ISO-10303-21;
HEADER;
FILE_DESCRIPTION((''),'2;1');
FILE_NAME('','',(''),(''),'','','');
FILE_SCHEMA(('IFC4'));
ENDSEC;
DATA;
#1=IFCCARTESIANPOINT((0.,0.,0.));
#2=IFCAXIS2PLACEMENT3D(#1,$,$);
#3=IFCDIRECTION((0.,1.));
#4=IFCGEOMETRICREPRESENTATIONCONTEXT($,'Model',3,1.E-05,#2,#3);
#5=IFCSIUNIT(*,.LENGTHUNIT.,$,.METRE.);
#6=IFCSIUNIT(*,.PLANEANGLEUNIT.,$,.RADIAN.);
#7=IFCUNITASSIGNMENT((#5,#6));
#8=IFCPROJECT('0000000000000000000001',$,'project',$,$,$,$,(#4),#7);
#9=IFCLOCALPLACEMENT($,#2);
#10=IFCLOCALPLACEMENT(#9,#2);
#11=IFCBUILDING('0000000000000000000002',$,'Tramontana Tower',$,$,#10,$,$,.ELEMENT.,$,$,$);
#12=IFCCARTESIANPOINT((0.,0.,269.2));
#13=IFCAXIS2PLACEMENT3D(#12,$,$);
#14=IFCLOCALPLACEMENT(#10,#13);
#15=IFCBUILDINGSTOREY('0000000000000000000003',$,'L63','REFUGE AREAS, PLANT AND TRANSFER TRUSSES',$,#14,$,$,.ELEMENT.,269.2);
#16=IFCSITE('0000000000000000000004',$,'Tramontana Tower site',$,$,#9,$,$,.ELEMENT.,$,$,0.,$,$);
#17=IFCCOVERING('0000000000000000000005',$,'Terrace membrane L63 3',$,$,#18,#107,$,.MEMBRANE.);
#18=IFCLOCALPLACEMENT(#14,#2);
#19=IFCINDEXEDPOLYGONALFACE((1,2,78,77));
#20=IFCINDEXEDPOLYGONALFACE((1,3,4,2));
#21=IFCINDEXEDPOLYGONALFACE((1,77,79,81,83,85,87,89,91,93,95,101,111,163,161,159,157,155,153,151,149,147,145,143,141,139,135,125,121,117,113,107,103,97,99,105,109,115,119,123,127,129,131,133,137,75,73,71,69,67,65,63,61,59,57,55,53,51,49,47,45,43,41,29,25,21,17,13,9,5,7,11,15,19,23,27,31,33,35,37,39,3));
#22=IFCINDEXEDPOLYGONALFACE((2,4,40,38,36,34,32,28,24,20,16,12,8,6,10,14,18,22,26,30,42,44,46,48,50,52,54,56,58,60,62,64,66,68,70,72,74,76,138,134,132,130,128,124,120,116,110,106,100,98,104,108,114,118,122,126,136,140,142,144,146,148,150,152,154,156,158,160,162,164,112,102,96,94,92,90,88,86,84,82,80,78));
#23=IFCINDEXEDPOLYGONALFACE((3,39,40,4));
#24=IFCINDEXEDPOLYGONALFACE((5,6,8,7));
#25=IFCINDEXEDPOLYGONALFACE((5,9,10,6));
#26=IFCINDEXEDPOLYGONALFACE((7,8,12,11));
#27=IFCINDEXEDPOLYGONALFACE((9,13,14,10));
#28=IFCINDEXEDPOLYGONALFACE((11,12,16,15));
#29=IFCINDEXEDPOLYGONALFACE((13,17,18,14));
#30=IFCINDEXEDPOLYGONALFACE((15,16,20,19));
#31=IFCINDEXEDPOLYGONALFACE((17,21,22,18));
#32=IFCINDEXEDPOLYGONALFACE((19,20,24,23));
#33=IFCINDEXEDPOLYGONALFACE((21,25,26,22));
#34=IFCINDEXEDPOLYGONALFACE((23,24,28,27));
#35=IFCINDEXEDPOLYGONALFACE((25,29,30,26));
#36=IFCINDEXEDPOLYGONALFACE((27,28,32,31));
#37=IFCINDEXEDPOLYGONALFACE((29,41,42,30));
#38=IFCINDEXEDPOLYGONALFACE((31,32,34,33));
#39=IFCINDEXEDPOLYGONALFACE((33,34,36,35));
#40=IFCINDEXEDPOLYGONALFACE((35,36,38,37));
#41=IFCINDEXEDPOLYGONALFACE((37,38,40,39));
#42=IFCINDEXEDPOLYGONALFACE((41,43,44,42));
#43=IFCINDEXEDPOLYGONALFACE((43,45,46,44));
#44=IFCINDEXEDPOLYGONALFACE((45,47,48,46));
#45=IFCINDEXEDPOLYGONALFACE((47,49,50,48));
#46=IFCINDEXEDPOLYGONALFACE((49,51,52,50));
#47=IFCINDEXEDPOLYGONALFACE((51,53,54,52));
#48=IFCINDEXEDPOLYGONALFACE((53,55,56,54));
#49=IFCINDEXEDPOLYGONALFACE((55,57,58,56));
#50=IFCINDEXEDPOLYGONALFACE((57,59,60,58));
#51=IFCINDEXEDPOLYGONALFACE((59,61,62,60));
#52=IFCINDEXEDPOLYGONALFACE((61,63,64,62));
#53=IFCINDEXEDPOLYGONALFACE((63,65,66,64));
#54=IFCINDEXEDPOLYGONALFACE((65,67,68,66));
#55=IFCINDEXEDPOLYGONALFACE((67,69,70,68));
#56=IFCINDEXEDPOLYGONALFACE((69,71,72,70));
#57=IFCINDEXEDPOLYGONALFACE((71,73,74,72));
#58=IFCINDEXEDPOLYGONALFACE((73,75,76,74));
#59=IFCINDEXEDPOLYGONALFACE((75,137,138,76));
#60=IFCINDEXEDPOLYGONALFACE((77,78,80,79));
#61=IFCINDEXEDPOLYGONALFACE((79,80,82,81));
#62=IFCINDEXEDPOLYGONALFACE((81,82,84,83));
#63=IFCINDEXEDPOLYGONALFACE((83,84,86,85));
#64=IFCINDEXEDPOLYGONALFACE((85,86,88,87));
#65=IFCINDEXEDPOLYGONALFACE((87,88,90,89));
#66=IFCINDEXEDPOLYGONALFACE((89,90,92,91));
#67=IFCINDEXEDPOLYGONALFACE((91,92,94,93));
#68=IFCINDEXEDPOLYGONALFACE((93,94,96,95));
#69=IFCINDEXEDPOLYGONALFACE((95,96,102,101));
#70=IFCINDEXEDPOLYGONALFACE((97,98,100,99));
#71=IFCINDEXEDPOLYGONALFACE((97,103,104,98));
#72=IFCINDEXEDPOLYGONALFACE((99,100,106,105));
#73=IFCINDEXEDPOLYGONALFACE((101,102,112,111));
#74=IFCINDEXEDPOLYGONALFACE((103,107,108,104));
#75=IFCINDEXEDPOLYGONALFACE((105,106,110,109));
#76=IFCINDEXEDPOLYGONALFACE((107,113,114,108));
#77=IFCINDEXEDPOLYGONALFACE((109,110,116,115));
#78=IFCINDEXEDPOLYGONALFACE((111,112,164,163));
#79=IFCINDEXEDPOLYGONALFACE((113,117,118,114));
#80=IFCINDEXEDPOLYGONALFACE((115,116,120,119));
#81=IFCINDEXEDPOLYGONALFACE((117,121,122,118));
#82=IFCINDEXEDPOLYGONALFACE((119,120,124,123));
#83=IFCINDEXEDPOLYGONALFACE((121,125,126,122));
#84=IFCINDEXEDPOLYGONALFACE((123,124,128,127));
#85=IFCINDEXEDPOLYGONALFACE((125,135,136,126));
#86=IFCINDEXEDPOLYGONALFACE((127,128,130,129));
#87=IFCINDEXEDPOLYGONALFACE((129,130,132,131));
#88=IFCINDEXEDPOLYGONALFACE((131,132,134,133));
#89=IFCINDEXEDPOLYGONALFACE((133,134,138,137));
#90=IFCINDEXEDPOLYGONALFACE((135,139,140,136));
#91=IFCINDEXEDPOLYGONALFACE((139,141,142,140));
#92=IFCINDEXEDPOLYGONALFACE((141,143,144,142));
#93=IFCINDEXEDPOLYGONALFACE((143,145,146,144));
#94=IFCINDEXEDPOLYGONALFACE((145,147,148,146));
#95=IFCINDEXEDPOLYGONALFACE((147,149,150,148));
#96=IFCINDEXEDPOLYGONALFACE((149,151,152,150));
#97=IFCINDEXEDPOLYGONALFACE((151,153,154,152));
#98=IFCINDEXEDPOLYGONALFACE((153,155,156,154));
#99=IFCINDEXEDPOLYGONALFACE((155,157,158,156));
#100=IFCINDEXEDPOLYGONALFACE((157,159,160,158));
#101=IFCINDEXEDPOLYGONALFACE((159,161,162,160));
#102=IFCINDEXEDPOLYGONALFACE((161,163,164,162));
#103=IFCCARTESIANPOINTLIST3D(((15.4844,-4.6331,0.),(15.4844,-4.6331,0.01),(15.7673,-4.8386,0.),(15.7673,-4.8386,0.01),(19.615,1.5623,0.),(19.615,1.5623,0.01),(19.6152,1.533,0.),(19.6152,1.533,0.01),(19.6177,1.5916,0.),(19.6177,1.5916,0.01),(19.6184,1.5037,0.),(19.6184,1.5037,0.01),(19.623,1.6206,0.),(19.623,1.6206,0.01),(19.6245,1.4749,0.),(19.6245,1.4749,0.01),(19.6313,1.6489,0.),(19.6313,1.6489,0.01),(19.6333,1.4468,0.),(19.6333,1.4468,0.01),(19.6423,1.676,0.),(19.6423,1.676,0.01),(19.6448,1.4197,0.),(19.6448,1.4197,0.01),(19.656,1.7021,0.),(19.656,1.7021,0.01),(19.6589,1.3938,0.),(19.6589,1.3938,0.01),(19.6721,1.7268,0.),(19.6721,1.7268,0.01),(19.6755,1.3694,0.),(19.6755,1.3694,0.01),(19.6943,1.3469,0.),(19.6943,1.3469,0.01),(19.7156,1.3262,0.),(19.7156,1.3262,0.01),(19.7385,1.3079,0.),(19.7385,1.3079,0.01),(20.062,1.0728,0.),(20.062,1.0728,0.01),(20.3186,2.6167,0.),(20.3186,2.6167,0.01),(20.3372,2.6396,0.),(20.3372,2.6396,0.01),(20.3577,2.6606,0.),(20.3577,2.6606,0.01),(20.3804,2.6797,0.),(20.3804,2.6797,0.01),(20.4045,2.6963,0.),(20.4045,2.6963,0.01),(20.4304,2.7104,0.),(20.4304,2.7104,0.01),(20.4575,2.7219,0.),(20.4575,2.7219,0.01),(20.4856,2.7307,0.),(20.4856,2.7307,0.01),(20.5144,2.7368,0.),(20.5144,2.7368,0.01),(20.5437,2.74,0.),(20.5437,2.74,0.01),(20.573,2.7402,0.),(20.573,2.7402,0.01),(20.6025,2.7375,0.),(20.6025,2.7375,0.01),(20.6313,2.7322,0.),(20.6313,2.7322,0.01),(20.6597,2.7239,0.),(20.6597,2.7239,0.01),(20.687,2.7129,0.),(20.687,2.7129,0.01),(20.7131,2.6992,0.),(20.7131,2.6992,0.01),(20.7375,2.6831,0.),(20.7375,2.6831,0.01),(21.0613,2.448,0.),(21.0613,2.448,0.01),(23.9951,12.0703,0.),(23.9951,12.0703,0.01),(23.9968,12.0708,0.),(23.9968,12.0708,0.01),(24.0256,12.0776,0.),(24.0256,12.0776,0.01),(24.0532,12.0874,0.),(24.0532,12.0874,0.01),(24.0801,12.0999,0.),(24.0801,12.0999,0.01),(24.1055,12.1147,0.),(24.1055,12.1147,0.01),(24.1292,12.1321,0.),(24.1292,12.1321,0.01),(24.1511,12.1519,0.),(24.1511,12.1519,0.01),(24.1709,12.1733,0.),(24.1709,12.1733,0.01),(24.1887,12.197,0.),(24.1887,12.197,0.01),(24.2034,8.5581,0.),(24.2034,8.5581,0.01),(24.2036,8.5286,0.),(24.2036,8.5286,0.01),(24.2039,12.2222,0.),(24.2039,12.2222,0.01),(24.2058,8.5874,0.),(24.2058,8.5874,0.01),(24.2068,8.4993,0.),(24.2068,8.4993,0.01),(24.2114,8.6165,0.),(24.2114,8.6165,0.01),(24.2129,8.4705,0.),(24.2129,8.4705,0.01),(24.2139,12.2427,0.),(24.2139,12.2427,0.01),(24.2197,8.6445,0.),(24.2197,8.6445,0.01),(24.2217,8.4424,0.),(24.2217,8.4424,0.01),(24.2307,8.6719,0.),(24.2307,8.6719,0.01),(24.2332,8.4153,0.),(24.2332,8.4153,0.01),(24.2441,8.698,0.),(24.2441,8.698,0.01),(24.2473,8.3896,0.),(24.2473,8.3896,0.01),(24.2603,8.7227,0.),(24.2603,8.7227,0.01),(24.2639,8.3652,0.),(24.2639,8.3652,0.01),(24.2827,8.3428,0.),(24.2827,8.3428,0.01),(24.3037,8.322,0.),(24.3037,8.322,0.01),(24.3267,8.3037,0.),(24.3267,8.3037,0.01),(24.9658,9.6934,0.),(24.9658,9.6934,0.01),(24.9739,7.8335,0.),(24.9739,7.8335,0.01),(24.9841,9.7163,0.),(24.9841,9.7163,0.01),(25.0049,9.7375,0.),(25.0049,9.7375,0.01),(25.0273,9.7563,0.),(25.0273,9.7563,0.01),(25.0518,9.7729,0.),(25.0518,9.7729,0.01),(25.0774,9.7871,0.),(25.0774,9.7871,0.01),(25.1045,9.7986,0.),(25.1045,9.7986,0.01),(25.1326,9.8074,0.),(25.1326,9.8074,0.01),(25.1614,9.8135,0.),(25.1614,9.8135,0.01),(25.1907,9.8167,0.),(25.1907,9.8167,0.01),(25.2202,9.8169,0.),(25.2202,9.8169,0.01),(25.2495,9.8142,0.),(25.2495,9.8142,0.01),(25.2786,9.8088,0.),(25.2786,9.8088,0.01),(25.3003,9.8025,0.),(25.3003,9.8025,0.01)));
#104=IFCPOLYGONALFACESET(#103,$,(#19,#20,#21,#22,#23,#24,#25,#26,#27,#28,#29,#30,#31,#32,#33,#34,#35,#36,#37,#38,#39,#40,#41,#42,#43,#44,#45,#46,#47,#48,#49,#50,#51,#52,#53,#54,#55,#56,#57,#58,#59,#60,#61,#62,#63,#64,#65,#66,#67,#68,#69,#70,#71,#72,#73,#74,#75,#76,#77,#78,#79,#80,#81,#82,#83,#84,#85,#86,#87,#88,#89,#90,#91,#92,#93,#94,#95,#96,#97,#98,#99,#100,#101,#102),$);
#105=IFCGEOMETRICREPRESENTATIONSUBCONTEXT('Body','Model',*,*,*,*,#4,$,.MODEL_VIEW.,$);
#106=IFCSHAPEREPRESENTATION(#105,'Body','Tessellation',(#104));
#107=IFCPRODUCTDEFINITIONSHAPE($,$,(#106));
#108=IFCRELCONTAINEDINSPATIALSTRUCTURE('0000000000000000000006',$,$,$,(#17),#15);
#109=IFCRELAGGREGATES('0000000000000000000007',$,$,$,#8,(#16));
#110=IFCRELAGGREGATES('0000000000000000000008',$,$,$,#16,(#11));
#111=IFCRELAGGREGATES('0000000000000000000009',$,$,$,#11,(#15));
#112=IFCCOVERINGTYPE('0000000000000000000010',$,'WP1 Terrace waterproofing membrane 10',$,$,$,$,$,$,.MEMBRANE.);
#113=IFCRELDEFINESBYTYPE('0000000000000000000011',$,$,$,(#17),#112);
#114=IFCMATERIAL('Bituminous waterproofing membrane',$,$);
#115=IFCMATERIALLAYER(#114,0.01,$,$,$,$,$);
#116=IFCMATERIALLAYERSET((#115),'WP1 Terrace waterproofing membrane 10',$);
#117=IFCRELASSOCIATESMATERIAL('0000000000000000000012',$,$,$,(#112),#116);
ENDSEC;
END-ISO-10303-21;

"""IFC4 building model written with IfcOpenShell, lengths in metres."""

from ifc_helpers import new_model, si_unit, direction, frame, origin, place, context, subcontext, project, spatial, polyline, outline, extrude, material, layer, layer_set, type_object, element, save


model = new_model("IFC4")

# Units and contexts
model_context = context("Model", 3, precision=1e-05, world=origin(), true_north=direction((0.0, 1.0)))
body_context = subcontext(model_context, "Body", "Model", "MODEL_VIEW")
ifc_project = project(units=[si_unit("LENGTHUNIT", "METRE"), si_unit("PLANEANGLEUNIT", "RADIAN")], contexts=[model_context])

# Site, building, storey
site_placement = place(None, origin())
site = spatial("IfcSite", under=ifc_project, at=site_placement, Name="Tramontana Tower site", CompositionType="ELEMENT", RefElevation=0.0)
building_placement = place(site_placement, origin())
building = spatial("IfcBuilding", under=site, at=building_placement, Name="Tramontana Tower", CompositionType="ELEMENT")
storey_placement = place(building_placement, frame((0.0, 0.0, 269.2)))
storey = spatial("IfcBuildingStorey", under=building, at=storey_placement, Name="L63", Description="REFUGE AREAS, PLANT AND TRANSFER TRUSSES", CompositionType="ELEMENT", Elevation=269.2)

# Covering
ifc_material_1 = material(Name="Bituminous waterproofing membrane")
ifc_layer_1 = layer(ifc_material_1, 0.01)
ifc_layer_set_1 = layer_set([ifc_layer_1], Name="WP1 Terrace waterproofing membrane 10")
covering_type_1 = type_object("IfcCoveringType", Name="WP1 Terrace waterproofing membrane 10", PredefinedType="MEMBRANE", material=ifc_layer_set_1)
covering_1_placement = place(storey_placement, origin())
element("IfcCovering", 1, at=covering_1_placement, inside=storey, type_object=covering_type_1, Name="Terrace membrane L63 3", PredefinedType="MEMBRANE", context=body_context, shape_type="SweptSolid", body=[
    extrude(outline(polyline([(25.3003, 9.8025), (25.2786, 9.8088), (25.2495, 9.8142), (25.2202, 9.8169), (25.1907, 9.8167), (25.1614, 9.8135), (25.1326, 9.8074), (25.1045, 9.7986), (25.0774, 9.7871), (25.0518, 9.7729), (25.0273, 9.7563), (25.0049, 9.7375), (24.9841, 9.7163), (24.9658, 9.6934), (24.2603, 8.7227), (24.2441, 8.698), (24.2307, 8.6719), (24.2197, 8.6445), (24.2114, 8.6165), (24.2058, 8.5874), (24.2034, 8.5581), (24.2036, 8.5286), (24.2068, 8.4993), (24.2129, 8.4705), (24.2217, 8.4424), (24.2332, 8.4153), (24.2473, 8.3896), (24.2639, 8.3652), (24.2827, 8.3428), (24.3037, 8.322), (24.3267, 8.3037), (24.9739, 7.8335), (21.0613, 2.448), (20.7375, 2.6831), (20.7131, 2.6992), (20.687, 2.7129), (20.6597, 2.7239), (20.6313, 2.7322), (20.6025, 2.7375), (20.573, 2.7402), (20.5437, 2.74), (20.5144, 2.7368), (20.4856, 2.7307), (20.4575, 2.7219), (20.4304, 2.7104), (20.4045, 2.6963), (20.3804, 2.6797), (20.3577, 2.6606), (20.3372, 2.6396), (20.3186, 2.6167), (19.6721, 1.7268), (19.656, 1.7021), (19.6423, 1.676), (19.6313, 1.6489), (19.623, 1.6206), (19.6177, 1.5916), (19.615, 1.5623), (19.6152, 1.533), (19.6184, 1.5037), (19.6245, 1.4749), (19.6333, 1.4468), (19.6448, 1.4197), (19.6589, 1.3938), (19.6755, 1.3694), (19.6943, 1.3469), (19.7156, 1.3262), (19.7385, 1.3079), (20.062, 1.0728), (15.7673, -4.8386), (15.4844, -4.6331), (23.9951, 12.0703), (23.9968, 12.0708), (24.0256, 12.0776), (24.0532, 12.0874), (24.0801, 12.0999), (24.1055, 12.1147), (24.1292, 12.1321), (24.1511, 12.1519), (24.1709, 12.1733), (24.1887, 12.197), (24.2039, 12.2222), (24.2139, 12.2427), (25.3003, 9.8025)])), origin(), (0.0, 0.0, 1.0), 0.01),
])

save(model, "model.ifc")
